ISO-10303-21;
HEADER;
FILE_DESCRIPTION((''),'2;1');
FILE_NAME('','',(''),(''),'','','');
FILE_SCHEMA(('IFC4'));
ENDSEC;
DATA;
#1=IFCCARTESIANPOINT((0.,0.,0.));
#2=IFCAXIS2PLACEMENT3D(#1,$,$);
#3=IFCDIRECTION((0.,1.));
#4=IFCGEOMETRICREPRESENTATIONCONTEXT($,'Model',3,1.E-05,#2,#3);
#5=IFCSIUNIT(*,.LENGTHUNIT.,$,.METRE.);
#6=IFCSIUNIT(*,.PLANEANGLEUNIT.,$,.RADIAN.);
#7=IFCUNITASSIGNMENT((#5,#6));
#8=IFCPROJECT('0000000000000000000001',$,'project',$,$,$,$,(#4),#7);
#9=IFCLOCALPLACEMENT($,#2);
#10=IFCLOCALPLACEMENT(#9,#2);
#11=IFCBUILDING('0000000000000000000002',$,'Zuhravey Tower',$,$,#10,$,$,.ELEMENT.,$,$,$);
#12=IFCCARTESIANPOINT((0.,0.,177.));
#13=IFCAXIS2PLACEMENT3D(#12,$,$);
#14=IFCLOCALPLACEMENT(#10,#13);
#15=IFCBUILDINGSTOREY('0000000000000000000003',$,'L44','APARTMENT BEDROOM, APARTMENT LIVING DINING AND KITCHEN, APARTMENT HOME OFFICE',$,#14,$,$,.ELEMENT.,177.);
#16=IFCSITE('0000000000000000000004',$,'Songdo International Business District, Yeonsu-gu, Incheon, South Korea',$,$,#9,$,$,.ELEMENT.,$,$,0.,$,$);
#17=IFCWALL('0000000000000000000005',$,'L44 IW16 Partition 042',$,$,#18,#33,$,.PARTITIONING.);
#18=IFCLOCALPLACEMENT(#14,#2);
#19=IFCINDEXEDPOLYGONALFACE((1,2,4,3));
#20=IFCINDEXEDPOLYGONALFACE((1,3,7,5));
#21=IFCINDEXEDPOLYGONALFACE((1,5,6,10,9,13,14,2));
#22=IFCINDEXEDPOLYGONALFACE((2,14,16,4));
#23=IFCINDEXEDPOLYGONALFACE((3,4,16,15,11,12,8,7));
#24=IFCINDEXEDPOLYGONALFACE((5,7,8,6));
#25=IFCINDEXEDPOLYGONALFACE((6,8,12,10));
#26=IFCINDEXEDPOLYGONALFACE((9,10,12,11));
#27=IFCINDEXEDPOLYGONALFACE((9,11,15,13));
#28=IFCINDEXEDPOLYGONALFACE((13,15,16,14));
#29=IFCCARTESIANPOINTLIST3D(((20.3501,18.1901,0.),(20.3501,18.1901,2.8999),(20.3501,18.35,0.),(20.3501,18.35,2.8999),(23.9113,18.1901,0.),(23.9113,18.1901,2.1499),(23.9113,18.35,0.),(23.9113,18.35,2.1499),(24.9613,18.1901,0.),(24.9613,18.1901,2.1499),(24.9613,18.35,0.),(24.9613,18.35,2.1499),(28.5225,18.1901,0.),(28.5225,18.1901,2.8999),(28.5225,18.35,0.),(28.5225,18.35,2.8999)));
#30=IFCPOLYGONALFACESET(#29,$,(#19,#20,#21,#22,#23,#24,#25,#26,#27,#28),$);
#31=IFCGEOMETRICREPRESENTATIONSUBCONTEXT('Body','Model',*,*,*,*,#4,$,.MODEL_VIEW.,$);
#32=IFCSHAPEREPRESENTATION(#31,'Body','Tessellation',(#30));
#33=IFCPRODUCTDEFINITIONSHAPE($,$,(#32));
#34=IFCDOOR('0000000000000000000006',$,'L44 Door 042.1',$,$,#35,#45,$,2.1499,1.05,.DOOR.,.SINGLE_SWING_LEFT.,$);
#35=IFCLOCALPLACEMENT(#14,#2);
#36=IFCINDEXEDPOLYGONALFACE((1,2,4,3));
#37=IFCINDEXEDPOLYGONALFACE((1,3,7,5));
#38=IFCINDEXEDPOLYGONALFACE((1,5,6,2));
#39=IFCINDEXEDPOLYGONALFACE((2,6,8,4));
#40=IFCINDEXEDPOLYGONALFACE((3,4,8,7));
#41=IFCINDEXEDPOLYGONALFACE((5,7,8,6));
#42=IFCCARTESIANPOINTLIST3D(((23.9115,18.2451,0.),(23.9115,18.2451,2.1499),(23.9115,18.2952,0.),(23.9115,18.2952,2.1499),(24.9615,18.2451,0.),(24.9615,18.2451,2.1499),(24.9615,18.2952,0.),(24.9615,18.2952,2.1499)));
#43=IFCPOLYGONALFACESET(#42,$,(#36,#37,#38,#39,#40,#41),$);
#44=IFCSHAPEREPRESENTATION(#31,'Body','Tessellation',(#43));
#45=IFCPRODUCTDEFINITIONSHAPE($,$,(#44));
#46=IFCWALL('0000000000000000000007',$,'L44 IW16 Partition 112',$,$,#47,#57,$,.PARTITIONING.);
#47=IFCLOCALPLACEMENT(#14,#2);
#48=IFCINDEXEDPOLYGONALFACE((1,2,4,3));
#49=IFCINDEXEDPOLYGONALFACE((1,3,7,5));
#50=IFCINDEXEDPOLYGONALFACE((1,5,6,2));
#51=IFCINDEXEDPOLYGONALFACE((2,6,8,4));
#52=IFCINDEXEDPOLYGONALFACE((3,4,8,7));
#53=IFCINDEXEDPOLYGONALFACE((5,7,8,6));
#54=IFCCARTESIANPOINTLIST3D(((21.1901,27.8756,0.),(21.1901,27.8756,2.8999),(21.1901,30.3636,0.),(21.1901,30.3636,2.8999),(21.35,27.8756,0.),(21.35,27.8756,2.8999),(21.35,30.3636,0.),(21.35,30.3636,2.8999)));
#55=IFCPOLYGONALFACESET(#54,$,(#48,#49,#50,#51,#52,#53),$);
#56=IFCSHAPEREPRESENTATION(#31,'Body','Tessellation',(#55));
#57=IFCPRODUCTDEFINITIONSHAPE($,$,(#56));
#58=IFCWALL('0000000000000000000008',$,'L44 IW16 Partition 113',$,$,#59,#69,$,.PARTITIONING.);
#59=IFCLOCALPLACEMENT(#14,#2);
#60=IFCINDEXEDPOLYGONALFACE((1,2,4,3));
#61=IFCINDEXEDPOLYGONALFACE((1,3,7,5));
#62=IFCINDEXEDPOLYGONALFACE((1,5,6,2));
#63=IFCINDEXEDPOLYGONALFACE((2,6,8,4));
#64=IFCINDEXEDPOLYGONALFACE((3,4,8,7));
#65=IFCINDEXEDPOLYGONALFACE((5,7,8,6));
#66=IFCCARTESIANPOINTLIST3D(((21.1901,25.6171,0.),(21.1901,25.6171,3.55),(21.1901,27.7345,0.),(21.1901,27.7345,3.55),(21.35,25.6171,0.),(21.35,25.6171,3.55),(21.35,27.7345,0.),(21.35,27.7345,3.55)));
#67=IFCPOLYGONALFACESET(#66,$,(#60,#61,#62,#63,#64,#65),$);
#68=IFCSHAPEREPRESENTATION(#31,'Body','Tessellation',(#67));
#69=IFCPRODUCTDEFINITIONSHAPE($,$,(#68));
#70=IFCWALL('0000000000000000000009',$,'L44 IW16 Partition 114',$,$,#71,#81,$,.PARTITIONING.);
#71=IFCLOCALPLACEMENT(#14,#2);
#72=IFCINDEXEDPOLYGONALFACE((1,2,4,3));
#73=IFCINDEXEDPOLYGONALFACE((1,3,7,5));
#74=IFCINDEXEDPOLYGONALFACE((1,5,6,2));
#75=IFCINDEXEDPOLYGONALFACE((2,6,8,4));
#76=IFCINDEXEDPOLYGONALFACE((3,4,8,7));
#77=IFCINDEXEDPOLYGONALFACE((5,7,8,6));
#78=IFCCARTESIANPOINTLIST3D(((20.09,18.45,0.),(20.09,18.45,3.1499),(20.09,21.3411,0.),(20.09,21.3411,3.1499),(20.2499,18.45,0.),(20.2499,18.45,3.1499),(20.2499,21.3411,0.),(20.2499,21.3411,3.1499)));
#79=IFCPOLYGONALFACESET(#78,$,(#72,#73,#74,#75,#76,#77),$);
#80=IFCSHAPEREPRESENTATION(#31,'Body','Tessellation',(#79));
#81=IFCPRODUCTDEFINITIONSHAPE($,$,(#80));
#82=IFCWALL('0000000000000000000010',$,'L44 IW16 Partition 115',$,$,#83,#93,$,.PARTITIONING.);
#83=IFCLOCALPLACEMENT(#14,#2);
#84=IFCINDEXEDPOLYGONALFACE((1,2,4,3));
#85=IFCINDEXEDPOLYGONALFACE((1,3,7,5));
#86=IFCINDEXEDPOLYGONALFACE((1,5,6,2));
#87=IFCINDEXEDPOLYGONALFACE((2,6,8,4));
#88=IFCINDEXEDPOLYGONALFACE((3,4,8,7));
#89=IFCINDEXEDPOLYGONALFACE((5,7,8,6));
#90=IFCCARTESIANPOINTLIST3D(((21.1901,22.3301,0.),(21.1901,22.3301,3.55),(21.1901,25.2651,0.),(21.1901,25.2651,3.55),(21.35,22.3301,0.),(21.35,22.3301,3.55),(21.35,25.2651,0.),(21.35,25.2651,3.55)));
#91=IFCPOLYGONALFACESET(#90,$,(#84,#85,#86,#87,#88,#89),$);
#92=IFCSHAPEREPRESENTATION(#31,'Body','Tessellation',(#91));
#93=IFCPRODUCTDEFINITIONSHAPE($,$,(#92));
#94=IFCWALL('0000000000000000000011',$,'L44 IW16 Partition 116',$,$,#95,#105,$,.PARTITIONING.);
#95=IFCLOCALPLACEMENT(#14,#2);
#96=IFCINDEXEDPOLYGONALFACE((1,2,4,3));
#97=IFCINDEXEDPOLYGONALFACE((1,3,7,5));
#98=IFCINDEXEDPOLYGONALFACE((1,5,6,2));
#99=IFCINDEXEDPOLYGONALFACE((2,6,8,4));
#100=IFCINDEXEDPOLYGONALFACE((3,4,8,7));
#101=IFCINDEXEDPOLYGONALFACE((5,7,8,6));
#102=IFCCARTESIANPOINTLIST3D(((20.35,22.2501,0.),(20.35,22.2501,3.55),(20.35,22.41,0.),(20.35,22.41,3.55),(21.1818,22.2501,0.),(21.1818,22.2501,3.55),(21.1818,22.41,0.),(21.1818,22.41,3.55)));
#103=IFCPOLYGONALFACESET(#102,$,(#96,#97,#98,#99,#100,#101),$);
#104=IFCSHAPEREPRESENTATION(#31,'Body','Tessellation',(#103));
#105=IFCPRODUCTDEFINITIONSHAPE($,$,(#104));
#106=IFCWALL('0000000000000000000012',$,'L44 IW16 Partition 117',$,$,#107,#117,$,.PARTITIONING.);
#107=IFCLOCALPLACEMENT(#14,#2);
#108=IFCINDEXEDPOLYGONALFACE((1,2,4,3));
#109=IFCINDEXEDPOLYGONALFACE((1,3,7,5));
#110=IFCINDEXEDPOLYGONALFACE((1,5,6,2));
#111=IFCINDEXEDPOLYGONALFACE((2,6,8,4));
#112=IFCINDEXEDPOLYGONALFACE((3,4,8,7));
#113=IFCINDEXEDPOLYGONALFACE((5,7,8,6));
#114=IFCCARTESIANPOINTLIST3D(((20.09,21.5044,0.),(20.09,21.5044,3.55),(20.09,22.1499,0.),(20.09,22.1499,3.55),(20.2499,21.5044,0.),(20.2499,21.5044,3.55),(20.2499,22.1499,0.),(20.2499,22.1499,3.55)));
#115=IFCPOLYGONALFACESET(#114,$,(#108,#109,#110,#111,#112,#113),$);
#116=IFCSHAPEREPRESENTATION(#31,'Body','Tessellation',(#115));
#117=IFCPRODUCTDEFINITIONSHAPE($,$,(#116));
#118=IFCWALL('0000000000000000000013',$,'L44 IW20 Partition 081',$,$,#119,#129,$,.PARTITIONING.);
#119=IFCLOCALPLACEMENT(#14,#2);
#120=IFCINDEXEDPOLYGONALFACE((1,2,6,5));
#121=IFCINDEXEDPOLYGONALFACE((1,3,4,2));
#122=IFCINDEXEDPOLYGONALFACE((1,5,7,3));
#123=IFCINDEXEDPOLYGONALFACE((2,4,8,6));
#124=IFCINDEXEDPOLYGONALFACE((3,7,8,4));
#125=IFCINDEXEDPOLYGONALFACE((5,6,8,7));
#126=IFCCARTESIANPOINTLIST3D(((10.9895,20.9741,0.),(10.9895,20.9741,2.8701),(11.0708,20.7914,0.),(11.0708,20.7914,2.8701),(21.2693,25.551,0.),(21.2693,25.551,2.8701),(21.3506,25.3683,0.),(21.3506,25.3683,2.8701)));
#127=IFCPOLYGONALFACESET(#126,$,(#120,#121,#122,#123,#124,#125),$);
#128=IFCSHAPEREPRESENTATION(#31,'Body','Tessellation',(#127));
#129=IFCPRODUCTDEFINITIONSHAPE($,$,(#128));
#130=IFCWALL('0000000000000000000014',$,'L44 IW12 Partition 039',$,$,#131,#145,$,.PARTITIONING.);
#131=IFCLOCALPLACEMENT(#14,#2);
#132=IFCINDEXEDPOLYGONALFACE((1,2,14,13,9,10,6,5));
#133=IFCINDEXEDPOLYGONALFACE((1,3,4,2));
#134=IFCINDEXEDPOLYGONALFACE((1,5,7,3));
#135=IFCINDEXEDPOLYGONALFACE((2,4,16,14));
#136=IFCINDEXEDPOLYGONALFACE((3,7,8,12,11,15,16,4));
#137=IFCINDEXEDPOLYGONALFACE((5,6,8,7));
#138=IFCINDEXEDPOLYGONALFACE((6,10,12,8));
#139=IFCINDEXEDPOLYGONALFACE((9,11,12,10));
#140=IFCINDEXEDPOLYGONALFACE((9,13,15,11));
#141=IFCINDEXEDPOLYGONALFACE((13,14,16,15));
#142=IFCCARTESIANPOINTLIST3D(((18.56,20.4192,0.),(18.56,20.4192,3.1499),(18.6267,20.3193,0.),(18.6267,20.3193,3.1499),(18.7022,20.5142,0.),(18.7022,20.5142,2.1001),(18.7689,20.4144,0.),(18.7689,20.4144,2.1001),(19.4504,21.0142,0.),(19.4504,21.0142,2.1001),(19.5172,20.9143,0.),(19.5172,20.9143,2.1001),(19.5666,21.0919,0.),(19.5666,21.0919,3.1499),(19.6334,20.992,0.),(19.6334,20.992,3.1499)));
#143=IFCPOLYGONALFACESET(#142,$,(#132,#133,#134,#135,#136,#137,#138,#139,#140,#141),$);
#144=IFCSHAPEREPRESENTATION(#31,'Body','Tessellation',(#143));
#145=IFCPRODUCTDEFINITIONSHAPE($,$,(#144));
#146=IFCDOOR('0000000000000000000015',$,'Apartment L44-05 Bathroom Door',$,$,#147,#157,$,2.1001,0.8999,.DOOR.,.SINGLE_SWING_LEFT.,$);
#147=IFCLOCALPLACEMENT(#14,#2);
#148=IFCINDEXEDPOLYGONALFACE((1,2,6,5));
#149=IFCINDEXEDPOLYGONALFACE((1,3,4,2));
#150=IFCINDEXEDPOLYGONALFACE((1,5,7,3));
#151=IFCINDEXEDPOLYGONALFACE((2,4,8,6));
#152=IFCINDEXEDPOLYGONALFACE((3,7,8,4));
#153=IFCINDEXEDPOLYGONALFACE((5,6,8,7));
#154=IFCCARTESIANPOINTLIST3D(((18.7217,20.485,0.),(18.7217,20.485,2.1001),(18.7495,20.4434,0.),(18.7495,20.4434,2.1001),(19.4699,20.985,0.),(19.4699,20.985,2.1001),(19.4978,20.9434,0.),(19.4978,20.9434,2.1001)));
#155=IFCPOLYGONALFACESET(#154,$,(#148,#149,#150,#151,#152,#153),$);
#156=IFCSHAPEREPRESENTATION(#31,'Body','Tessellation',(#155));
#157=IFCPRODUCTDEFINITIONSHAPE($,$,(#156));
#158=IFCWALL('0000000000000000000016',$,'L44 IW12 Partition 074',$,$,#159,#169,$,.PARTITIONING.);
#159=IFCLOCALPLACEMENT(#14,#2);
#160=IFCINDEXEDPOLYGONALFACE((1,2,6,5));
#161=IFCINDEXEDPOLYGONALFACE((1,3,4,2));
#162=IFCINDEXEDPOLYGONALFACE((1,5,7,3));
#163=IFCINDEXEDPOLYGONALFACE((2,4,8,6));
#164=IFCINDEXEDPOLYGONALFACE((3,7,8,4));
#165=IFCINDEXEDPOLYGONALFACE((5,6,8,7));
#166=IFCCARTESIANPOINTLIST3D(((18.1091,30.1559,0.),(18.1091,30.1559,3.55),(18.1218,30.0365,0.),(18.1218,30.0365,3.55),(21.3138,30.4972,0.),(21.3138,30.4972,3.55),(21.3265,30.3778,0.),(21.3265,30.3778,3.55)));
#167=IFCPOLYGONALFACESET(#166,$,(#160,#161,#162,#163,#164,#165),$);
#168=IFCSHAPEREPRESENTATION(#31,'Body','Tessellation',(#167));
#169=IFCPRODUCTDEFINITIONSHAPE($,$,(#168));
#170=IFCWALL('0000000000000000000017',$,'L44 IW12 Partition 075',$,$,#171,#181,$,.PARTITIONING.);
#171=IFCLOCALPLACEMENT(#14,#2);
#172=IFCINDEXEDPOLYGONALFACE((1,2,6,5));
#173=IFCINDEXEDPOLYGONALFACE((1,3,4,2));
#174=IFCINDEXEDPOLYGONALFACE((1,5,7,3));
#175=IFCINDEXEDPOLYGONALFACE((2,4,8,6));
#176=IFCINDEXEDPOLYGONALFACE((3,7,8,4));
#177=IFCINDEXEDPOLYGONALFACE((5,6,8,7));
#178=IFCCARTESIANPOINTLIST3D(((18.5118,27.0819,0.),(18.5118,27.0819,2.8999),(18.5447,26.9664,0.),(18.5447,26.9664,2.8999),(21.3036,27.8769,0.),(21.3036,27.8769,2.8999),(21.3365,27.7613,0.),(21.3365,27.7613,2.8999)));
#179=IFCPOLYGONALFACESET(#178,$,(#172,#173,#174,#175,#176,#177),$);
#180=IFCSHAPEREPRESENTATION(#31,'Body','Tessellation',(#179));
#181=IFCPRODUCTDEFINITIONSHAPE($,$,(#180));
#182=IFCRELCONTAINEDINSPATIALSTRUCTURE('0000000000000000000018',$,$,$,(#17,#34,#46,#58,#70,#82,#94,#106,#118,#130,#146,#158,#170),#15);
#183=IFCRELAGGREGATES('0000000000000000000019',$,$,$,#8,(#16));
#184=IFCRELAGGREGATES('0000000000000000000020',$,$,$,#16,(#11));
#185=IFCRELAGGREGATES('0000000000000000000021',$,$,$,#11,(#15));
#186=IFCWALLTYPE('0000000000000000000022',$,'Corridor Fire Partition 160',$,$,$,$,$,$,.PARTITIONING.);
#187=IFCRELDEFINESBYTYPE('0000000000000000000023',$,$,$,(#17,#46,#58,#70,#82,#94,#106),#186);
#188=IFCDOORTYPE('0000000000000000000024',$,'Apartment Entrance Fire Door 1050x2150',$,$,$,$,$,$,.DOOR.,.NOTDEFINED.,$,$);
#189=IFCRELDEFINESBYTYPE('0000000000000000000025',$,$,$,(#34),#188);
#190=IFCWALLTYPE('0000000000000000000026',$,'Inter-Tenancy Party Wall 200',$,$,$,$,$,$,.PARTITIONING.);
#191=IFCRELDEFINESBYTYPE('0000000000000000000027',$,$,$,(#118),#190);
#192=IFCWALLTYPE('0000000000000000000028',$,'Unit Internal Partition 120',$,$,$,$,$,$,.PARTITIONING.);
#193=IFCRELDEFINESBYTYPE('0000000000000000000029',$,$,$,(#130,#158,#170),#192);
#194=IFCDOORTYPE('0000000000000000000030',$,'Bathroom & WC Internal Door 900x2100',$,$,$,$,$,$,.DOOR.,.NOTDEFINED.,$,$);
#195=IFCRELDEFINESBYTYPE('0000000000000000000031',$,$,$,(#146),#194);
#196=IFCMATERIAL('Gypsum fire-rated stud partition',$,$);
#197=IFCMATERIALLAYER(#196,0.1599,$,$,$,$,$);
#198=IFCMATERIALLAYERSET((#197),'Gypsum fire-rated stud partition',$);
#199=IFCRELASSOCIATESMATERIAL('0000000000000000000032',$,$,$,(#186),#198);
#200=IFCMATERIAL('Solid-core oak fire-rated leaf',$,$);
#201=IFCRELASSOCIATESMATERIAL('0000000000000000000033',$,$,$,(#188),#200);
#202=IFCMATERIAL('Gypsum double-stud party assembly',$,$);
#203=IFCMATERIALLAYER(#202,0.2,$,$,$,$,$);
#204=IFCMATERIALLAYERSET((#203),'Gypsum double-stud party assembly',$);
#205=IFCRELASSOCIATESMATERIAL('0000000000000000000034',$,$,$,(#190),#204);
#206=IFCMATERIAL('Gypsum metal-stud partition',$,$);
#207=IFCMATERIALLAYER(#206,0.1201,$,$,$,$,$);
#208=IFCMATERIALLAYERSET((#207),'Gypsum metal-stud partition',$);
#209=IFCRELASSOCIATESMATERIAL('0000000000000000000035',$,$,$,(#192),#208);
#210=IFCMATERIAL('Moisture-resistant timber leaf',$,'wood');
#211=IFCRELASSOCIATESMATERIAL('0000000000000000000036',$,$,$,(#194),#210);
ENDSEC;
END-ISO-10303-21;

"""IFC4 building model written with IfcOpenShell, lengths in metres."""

from ifc_helpers import new_model, si_unit, direction, frame, frame_2d, origin, place, context, subcontext, project, spatial, rectangle, extrude, material, layer, layer_set, type_object, element, fill, save


model = new_model("IFC4")

# Units and contexts
model_context = context("Model", 3, precision=1e-05, world=origin(), true_north=direction((0.0, 1.0)))
body_context = subcontext(model_context, "Body", "Model", "MODEL_VIEW")
ifc_project = project(units=[si_unit("LENGTHUNIT", "METRE"), si_unit("PLANEANGLEUNIT", "RADIAN")], contexts=[model_context])

# Site, building, storey
site_placement = place(None, origin())
site = spatial("IfcSite", under=ifc_project, at=site_placement, Name="Songdo International Business District, Yeonsu-gu, Incheon, South Korea", CompositionType="ELEMENT", RefElevation=0.0)
building_placement = place(site_placement, origin())
building = spatial("IfcBuilding", under=site, at=building_placement, Name="Zuhravey Tower", CompositionType="ELEMENT")
storey_placement = place(building_placement, frame((0.0, 0.0, 177.0)))
storey = spatial("IfcBuildingStorey", under=building, at=storey_placement, Name="L44", Description="APARTMENT BEDROOM, APARTMENT LIVING DINING AND KITCHEN, APARTMENT HOME OFFICE", CompositionType="ELEMENT", Elevation=177.0)

# Wall, opening, door
ifc_material_1 = material(Name="Gypsum fire-rated stud partition")
ifc_layer_1 = layer(ifc_material_1, 0.1599)
ifc_layer_set_1 = layer_set([ifc_layer_1], Name="Gypsum fire-rated stud partition")
wall_type_1 = type_object("IfcWallType", Name="Corridor Fire Partition 160", PredefinedType="PARTITIONING", material=ifc_layer_set_1)
wall_1_placement = place(storey_placement, frame((20.3501, 18.27, 0.0), z_axis=(0.0, 0.0, 1.0), x_axis=(1.0, 0.0, 0.0)))
wall_1 = element("IfcWall", 1, at=wall_1_placement, inside=storey, type_object=wall_type_1, Name="L44 IW16 Partition 042", PredefinedType="PARTITIONING", context=body_context, shape_type="SweptSolid", body=[
    extrude(rectangle(XDim=8.1724, YDim=0.1599, at=frame_2d((4.0862, 0.0))), origin(), (0.0, 0.0, 1.0), 2.8999),
])
opening_1_placement = place(wall_1_placement, frame((3.5613, 0.0, 0.0)))
opening_1 = element("IfcOpeningElement", 2, at=opening_1_placement, cuts=wall_1, PredefinedType="OPENING", context=body_context, shape_type="SweptSolid", body=[
    extrude(rectangle(XDim=1.05, YDim=2.1499, at=frame_2d((0.5249, 1.075))), frame((0.0, 0.092, 0.0), z_axis=(0.0, -1.0, 0.0), x_axis=(1.0, 0.0, 0.0)), (0.0, 0.0, 1.0), 0.1838),
])
ifc_material_2 = material(Name="Solid-core oak fire-rated leaf")
door_type_1 = type_object("IfcDoorType", Name="Apartment Entrance Fire Door 1050x2150", OperationType="NOTDEFINED", PredefinedType="DOOR", material=ifc_material_2)
door_1_placement = place(opening_1_placement, frame((1.05, 0.0, 0.0), z_axis=(0.0, 0.0, 1.0), x_axis=(-1.0, 0.0, 0.0)))
door_1 = element("IfcDoor", 3, at=door_1_placement, inside=storey, type_object=door_type_1, Name="L44 Door 042.1", OperationType="SINGLE_SWING_LEFT", OverallHeight=2.1499, OverallWidth=1.05, PredefinedType="DOOR", context=body_context, shape_type="SweptSolid", body=[
    extrude(rectangle(XDim=1.05, YDim=2.1499, at=frame_2d((0.5249, 1.075))), frame((0.0, 0.0249, 0.0), z_axis=(0.0, -1.0, 0.0), x_axis=(1.0, 0.0, 0.0)), (0.0, 0.0, 1.0), 0.05),
])
fill(opening_1, door_1)

# Walls
wall_2_placement = place(storey_placement, frame((21.27, 30.3638, 0.0), z_axis=(0.0, 0.0, 1.0), x_axis=(0.0, -1.0, 0.0)))
element("IfcWall", 4, at=wall_2_placement, inside=storey, type_object=wall_type_1, Name="L44 IW16 Partition 112", PredefinedType="PARTITIONING", context=body_context, shape_type="SweptSolid", body=[
    extrude(rectangle(XDim=2.488, YDim=0.1599, at=frame_2d((1.2441, 0.0))), origin(), (0.0, 0.0, 1.0), 2.8999),
])
wall_3_placement = place(storey_placement, frame((21.27, 27.7344, 0.0), z_axis=(0.0, 0.0, 1.0), x_axis=(0.0, -1.0, 0.0)))
element("IfcWall", 5, at=wall_3_placement, inside=storey, type_object=wall_type_1, Name="L44 IW16 Partition 113", PredefinedType="PARTITIONING", context=body_context, shape_type="SweptSolid", body=[
    extrude(rectangle(XDim=2.1174, YDim=0.1599, at=frame_2d((1.0586, 0.0))), origin(), (0.0, 0.0, 1.0), 3.55),
])
wall_4_placement = place(storey_placement, frame((20.1699, 21.3411, 0.0), z_axis=(0.0, 0.0, 1.0), x_axis=(0.0, -1.0, 0.0)))
element("IfcWall", 6, at=wall_4_placement, inside=storey, type_object=wall_type_1, Name="L44 IW16 Partition 114", PredefinedType="PARTITIONING", context=body_context, shape_type="SweptSolid", body=[
    extrude(rectangle(XDim=2.8911, YDim=0.1599, at=frame_2d((1.4456, 0.0))), origin(), (0.0, 0.0, 1.0), 3.1499),
])
wall_5_placement = place(storey_placement, frame((21.27, 25.2651, 0.0), z_axis=(0.0, 0.0, 1.0), x_axis=(0.0, -1.0, 0.0)))
element("IfcWall", 7, at=wall_5_placement, inside=storey, type_object=wall_type_1, Name="L44 IW16 Partition 115", PredefinedType="PARTITIONING", context=body_context, shape_type="SweptSolid", body=[
    extrude(rectangle(XDim=2.9351, YDim=0.1599, at=frame_2d((1.4675, 0.0))), origin(), (0.0, 0.0, 1.0), 3.55),
])
wall_6_placement = place(storey_placement, frame((21.1819, 22.3301, 0.0), z_axis=(0.0, 0.0, 1.0), x_axis=(-1.0, 0.0, 0.0)))
element("IfcWall", 8, at=wall_6_placement, inside=storey, type_object=wall_type_1, Name="L44 IW16 Partition 116", PredefinedType="PARTITIONING", context=body_context, shape_type="SweptSolid", body=[
    extrude(rectangle(XDim=0.8318, YDim=0.1599, at=frame_2d((0.416, 0.0))), origin(), (0.0, 0.0, 1.0), 3.55),
])
wall_7_placement = place(storey_placement, frame((20.1699, 22.1499, 0.0), z_axis=(0.0, 0.0, 1.0), x_axis=(0.0, -1.0, 0.0)))
element("IfcWall", 9, at=wall_7_placement, inside=storey, type_object=wall_type_1, Name="L44 IW16 Partition 117", PredefinedType="PARTITIONING", context=body_context, shape_type="SweptSolid", body=[
    extrude(rectangle(XDim=0.6455, YDim=0.1599, at=frame_2d((0.3228, 0.0))), origin(), (0.0, 0.0, 1.0), 3.55),
])
ifc_material_3 = material(Name="Gypsum double-stud party assembly")
ifc_layer_2 = layer(ifc_material_3, 0.2)
ifc_layer_set_2 = layer_set([ifc_layer_2], Name="Gypsum double-stud party assembly")
wall_type_2 = type_object("IfcWallType", Name="Inter-Tenancy Party Wall 200", PredefinedType="PARTITIONING", material=ifc_layer_set_2)
wall_8_placement = place(storey_placement, frame((21.3101, 25.4597, 0.0), z_axis=(0.0, 0.0, 1.0), x_axis=(-0.913544, -0.40674, 0.0)))
element("IfcWall", 10, at=wall_8_placement, inside=storey, type_object=wall_type_2, Name="L44 IW20 Partition 081", PredefinedType="PARTITIONING", context=body_context, shape_type="SweptSolid", body=[
    extrude(rectangle(XDim=11.2527, YDim=0.2, at=frame_2d((5.6265, 0.0))), origin(), (0.0, 0.0, 1.0), 2.8701),
])

# Wall, opening, door
ifc_material_4 = material(Name="Gypsum metal-stud partition")
ifc_layer_3 = layer(ifc_material_4, 0.1201)
ifc_layer_set_3 = layer_set([ifc_layer_3], Name="Gypsum metal-stud partition")
wall_type_3 = type_object("IfcWallType", Name="Unit Internal Partition 120", PredefinedType="PARTITIONING", material=ifc_layer_set_3)
wall_9_placement = place(storey_placement, frame((19.6001, 21.042, 0.0), z_axis=(0.0, 0.0, 1.0), x_axis=(-0.83146, -0.555584, 0.0)))
wall_9 = element("IfcWall", 11, at=wall_9_placement, inside=storey, type_object=wall_type_3, Name="L44 IW12 Partition 039", PredefinedType="PARTITIONING", context=body_context, shape_type="SweptSolid", body=[
    extrude(rectangle(XDim=1.2107, YDim=0.1201, at=frame_2d((0.6055, 0.0))), origin(), (0.0, 0.0, 1.0), 3.1499),
])
opening_2_placement = place(wall_9_placement, frame((0.1399, 0.0, 0.0)))
opening_2 = element("IfcOpeningElement", 12, at=opening_2_placement, cuts=wall_9, PredefinedType="OPENING", context=body_context, shape_type="SweptSolid", body=[
    extrude(rectangle(XDim=0.8999, YDim=2.1001, at=frame_2d((0.45, 1.05))), frame((0.0, 0.072, 0.0), z_axis=(0.0, -1.0, 0.0), x_axis=(1.0, 0.0, 0.0)), (0.0, 0.0, 1.0), 0.144),
])
ifc_material_5 = material(Name="Moisture-resistant timber leaf", Category="wood")
door_type_2 = type_object("IfcDoorType", Name="Bathroom & WC Internal Door 900x2100", OperationType="NOTDEFINED", PredefinedType="DOOR", material=ifc_material_5)
door_2_placement = place(opening_2_placement, frame((0.8999, 0.0, 0.0), z_axis=(0.0, 0.0, 1.0), x_axis=(-1.0, 0.0, 0.0)))
door_2 = element("IfcDoor", 13, at=door_2_placement, inside=storey, type_object=door_type_2, Name="Apartment L44-05 Bathroom Door", OperationType="SINGLE_SWING_LEFT", OverallHeight=2.1001, OverallWidth=0.8999, PredefinedType="DOOR", context=body_context, shape_type="SweptSolid", body=[
    extrude(rectangle(XDim=0.8999, YDim=2.1001, at=frame_2d((0.45, 1.05))), frame((0.0, 0.0249, 0.0), z_axis=(0.0, -1.0, 0.0), x_axis=(1.0, 0.0, 0.0)), (0.0, 0.0, 1.0), 0.05),
])
fill(opening_2, door_2)

# Walls
wall_10_placement = place(storey_placement, frame((21.3201, 30.4375, 0.0), z_axis=(0.0, 0.0, 1.0), x_axis=(-0.994377, -0.105899, 0.0)))
element("IfcWall", 14, at=wall_10_placement, inside=storey, type_object=wall_type_3, Name="L44 IW12 Partition 074", PredefinedType="PARTITIONING", context=body_context, shape_type="SweptSolid", body=[
    extrude(rectangle(XDim=3.2229, YDim=0.1201, at=frame_2d((1.6113, 0.0))), origin(), (0.0, 0.0, 1.0), 3.55),
])
wall_11_placement = place(storey_placement, frame((21.3201, 27.8191, 0.0), z_axis=(0.0, 0.0, 1.0), x_axis=(-0.961771, -0.273855, 0.0)))
element("IfcWall", 15, at=wall_11_placement, inside=storey, type_object=wall_type_3, Name="L44 IW12 Partition 075", PredefinedType="PARTITIONING", context=body_context, shape_type="SweptSolid", body=[
    extrude(rectangle(XDim=2.9028, YDim=0.1201, at=frame_2d((1.4514, 0.0))), origin(), (0.0, 0.0, 1.0), 2.8999),
])

save(model, "model.ifc")
